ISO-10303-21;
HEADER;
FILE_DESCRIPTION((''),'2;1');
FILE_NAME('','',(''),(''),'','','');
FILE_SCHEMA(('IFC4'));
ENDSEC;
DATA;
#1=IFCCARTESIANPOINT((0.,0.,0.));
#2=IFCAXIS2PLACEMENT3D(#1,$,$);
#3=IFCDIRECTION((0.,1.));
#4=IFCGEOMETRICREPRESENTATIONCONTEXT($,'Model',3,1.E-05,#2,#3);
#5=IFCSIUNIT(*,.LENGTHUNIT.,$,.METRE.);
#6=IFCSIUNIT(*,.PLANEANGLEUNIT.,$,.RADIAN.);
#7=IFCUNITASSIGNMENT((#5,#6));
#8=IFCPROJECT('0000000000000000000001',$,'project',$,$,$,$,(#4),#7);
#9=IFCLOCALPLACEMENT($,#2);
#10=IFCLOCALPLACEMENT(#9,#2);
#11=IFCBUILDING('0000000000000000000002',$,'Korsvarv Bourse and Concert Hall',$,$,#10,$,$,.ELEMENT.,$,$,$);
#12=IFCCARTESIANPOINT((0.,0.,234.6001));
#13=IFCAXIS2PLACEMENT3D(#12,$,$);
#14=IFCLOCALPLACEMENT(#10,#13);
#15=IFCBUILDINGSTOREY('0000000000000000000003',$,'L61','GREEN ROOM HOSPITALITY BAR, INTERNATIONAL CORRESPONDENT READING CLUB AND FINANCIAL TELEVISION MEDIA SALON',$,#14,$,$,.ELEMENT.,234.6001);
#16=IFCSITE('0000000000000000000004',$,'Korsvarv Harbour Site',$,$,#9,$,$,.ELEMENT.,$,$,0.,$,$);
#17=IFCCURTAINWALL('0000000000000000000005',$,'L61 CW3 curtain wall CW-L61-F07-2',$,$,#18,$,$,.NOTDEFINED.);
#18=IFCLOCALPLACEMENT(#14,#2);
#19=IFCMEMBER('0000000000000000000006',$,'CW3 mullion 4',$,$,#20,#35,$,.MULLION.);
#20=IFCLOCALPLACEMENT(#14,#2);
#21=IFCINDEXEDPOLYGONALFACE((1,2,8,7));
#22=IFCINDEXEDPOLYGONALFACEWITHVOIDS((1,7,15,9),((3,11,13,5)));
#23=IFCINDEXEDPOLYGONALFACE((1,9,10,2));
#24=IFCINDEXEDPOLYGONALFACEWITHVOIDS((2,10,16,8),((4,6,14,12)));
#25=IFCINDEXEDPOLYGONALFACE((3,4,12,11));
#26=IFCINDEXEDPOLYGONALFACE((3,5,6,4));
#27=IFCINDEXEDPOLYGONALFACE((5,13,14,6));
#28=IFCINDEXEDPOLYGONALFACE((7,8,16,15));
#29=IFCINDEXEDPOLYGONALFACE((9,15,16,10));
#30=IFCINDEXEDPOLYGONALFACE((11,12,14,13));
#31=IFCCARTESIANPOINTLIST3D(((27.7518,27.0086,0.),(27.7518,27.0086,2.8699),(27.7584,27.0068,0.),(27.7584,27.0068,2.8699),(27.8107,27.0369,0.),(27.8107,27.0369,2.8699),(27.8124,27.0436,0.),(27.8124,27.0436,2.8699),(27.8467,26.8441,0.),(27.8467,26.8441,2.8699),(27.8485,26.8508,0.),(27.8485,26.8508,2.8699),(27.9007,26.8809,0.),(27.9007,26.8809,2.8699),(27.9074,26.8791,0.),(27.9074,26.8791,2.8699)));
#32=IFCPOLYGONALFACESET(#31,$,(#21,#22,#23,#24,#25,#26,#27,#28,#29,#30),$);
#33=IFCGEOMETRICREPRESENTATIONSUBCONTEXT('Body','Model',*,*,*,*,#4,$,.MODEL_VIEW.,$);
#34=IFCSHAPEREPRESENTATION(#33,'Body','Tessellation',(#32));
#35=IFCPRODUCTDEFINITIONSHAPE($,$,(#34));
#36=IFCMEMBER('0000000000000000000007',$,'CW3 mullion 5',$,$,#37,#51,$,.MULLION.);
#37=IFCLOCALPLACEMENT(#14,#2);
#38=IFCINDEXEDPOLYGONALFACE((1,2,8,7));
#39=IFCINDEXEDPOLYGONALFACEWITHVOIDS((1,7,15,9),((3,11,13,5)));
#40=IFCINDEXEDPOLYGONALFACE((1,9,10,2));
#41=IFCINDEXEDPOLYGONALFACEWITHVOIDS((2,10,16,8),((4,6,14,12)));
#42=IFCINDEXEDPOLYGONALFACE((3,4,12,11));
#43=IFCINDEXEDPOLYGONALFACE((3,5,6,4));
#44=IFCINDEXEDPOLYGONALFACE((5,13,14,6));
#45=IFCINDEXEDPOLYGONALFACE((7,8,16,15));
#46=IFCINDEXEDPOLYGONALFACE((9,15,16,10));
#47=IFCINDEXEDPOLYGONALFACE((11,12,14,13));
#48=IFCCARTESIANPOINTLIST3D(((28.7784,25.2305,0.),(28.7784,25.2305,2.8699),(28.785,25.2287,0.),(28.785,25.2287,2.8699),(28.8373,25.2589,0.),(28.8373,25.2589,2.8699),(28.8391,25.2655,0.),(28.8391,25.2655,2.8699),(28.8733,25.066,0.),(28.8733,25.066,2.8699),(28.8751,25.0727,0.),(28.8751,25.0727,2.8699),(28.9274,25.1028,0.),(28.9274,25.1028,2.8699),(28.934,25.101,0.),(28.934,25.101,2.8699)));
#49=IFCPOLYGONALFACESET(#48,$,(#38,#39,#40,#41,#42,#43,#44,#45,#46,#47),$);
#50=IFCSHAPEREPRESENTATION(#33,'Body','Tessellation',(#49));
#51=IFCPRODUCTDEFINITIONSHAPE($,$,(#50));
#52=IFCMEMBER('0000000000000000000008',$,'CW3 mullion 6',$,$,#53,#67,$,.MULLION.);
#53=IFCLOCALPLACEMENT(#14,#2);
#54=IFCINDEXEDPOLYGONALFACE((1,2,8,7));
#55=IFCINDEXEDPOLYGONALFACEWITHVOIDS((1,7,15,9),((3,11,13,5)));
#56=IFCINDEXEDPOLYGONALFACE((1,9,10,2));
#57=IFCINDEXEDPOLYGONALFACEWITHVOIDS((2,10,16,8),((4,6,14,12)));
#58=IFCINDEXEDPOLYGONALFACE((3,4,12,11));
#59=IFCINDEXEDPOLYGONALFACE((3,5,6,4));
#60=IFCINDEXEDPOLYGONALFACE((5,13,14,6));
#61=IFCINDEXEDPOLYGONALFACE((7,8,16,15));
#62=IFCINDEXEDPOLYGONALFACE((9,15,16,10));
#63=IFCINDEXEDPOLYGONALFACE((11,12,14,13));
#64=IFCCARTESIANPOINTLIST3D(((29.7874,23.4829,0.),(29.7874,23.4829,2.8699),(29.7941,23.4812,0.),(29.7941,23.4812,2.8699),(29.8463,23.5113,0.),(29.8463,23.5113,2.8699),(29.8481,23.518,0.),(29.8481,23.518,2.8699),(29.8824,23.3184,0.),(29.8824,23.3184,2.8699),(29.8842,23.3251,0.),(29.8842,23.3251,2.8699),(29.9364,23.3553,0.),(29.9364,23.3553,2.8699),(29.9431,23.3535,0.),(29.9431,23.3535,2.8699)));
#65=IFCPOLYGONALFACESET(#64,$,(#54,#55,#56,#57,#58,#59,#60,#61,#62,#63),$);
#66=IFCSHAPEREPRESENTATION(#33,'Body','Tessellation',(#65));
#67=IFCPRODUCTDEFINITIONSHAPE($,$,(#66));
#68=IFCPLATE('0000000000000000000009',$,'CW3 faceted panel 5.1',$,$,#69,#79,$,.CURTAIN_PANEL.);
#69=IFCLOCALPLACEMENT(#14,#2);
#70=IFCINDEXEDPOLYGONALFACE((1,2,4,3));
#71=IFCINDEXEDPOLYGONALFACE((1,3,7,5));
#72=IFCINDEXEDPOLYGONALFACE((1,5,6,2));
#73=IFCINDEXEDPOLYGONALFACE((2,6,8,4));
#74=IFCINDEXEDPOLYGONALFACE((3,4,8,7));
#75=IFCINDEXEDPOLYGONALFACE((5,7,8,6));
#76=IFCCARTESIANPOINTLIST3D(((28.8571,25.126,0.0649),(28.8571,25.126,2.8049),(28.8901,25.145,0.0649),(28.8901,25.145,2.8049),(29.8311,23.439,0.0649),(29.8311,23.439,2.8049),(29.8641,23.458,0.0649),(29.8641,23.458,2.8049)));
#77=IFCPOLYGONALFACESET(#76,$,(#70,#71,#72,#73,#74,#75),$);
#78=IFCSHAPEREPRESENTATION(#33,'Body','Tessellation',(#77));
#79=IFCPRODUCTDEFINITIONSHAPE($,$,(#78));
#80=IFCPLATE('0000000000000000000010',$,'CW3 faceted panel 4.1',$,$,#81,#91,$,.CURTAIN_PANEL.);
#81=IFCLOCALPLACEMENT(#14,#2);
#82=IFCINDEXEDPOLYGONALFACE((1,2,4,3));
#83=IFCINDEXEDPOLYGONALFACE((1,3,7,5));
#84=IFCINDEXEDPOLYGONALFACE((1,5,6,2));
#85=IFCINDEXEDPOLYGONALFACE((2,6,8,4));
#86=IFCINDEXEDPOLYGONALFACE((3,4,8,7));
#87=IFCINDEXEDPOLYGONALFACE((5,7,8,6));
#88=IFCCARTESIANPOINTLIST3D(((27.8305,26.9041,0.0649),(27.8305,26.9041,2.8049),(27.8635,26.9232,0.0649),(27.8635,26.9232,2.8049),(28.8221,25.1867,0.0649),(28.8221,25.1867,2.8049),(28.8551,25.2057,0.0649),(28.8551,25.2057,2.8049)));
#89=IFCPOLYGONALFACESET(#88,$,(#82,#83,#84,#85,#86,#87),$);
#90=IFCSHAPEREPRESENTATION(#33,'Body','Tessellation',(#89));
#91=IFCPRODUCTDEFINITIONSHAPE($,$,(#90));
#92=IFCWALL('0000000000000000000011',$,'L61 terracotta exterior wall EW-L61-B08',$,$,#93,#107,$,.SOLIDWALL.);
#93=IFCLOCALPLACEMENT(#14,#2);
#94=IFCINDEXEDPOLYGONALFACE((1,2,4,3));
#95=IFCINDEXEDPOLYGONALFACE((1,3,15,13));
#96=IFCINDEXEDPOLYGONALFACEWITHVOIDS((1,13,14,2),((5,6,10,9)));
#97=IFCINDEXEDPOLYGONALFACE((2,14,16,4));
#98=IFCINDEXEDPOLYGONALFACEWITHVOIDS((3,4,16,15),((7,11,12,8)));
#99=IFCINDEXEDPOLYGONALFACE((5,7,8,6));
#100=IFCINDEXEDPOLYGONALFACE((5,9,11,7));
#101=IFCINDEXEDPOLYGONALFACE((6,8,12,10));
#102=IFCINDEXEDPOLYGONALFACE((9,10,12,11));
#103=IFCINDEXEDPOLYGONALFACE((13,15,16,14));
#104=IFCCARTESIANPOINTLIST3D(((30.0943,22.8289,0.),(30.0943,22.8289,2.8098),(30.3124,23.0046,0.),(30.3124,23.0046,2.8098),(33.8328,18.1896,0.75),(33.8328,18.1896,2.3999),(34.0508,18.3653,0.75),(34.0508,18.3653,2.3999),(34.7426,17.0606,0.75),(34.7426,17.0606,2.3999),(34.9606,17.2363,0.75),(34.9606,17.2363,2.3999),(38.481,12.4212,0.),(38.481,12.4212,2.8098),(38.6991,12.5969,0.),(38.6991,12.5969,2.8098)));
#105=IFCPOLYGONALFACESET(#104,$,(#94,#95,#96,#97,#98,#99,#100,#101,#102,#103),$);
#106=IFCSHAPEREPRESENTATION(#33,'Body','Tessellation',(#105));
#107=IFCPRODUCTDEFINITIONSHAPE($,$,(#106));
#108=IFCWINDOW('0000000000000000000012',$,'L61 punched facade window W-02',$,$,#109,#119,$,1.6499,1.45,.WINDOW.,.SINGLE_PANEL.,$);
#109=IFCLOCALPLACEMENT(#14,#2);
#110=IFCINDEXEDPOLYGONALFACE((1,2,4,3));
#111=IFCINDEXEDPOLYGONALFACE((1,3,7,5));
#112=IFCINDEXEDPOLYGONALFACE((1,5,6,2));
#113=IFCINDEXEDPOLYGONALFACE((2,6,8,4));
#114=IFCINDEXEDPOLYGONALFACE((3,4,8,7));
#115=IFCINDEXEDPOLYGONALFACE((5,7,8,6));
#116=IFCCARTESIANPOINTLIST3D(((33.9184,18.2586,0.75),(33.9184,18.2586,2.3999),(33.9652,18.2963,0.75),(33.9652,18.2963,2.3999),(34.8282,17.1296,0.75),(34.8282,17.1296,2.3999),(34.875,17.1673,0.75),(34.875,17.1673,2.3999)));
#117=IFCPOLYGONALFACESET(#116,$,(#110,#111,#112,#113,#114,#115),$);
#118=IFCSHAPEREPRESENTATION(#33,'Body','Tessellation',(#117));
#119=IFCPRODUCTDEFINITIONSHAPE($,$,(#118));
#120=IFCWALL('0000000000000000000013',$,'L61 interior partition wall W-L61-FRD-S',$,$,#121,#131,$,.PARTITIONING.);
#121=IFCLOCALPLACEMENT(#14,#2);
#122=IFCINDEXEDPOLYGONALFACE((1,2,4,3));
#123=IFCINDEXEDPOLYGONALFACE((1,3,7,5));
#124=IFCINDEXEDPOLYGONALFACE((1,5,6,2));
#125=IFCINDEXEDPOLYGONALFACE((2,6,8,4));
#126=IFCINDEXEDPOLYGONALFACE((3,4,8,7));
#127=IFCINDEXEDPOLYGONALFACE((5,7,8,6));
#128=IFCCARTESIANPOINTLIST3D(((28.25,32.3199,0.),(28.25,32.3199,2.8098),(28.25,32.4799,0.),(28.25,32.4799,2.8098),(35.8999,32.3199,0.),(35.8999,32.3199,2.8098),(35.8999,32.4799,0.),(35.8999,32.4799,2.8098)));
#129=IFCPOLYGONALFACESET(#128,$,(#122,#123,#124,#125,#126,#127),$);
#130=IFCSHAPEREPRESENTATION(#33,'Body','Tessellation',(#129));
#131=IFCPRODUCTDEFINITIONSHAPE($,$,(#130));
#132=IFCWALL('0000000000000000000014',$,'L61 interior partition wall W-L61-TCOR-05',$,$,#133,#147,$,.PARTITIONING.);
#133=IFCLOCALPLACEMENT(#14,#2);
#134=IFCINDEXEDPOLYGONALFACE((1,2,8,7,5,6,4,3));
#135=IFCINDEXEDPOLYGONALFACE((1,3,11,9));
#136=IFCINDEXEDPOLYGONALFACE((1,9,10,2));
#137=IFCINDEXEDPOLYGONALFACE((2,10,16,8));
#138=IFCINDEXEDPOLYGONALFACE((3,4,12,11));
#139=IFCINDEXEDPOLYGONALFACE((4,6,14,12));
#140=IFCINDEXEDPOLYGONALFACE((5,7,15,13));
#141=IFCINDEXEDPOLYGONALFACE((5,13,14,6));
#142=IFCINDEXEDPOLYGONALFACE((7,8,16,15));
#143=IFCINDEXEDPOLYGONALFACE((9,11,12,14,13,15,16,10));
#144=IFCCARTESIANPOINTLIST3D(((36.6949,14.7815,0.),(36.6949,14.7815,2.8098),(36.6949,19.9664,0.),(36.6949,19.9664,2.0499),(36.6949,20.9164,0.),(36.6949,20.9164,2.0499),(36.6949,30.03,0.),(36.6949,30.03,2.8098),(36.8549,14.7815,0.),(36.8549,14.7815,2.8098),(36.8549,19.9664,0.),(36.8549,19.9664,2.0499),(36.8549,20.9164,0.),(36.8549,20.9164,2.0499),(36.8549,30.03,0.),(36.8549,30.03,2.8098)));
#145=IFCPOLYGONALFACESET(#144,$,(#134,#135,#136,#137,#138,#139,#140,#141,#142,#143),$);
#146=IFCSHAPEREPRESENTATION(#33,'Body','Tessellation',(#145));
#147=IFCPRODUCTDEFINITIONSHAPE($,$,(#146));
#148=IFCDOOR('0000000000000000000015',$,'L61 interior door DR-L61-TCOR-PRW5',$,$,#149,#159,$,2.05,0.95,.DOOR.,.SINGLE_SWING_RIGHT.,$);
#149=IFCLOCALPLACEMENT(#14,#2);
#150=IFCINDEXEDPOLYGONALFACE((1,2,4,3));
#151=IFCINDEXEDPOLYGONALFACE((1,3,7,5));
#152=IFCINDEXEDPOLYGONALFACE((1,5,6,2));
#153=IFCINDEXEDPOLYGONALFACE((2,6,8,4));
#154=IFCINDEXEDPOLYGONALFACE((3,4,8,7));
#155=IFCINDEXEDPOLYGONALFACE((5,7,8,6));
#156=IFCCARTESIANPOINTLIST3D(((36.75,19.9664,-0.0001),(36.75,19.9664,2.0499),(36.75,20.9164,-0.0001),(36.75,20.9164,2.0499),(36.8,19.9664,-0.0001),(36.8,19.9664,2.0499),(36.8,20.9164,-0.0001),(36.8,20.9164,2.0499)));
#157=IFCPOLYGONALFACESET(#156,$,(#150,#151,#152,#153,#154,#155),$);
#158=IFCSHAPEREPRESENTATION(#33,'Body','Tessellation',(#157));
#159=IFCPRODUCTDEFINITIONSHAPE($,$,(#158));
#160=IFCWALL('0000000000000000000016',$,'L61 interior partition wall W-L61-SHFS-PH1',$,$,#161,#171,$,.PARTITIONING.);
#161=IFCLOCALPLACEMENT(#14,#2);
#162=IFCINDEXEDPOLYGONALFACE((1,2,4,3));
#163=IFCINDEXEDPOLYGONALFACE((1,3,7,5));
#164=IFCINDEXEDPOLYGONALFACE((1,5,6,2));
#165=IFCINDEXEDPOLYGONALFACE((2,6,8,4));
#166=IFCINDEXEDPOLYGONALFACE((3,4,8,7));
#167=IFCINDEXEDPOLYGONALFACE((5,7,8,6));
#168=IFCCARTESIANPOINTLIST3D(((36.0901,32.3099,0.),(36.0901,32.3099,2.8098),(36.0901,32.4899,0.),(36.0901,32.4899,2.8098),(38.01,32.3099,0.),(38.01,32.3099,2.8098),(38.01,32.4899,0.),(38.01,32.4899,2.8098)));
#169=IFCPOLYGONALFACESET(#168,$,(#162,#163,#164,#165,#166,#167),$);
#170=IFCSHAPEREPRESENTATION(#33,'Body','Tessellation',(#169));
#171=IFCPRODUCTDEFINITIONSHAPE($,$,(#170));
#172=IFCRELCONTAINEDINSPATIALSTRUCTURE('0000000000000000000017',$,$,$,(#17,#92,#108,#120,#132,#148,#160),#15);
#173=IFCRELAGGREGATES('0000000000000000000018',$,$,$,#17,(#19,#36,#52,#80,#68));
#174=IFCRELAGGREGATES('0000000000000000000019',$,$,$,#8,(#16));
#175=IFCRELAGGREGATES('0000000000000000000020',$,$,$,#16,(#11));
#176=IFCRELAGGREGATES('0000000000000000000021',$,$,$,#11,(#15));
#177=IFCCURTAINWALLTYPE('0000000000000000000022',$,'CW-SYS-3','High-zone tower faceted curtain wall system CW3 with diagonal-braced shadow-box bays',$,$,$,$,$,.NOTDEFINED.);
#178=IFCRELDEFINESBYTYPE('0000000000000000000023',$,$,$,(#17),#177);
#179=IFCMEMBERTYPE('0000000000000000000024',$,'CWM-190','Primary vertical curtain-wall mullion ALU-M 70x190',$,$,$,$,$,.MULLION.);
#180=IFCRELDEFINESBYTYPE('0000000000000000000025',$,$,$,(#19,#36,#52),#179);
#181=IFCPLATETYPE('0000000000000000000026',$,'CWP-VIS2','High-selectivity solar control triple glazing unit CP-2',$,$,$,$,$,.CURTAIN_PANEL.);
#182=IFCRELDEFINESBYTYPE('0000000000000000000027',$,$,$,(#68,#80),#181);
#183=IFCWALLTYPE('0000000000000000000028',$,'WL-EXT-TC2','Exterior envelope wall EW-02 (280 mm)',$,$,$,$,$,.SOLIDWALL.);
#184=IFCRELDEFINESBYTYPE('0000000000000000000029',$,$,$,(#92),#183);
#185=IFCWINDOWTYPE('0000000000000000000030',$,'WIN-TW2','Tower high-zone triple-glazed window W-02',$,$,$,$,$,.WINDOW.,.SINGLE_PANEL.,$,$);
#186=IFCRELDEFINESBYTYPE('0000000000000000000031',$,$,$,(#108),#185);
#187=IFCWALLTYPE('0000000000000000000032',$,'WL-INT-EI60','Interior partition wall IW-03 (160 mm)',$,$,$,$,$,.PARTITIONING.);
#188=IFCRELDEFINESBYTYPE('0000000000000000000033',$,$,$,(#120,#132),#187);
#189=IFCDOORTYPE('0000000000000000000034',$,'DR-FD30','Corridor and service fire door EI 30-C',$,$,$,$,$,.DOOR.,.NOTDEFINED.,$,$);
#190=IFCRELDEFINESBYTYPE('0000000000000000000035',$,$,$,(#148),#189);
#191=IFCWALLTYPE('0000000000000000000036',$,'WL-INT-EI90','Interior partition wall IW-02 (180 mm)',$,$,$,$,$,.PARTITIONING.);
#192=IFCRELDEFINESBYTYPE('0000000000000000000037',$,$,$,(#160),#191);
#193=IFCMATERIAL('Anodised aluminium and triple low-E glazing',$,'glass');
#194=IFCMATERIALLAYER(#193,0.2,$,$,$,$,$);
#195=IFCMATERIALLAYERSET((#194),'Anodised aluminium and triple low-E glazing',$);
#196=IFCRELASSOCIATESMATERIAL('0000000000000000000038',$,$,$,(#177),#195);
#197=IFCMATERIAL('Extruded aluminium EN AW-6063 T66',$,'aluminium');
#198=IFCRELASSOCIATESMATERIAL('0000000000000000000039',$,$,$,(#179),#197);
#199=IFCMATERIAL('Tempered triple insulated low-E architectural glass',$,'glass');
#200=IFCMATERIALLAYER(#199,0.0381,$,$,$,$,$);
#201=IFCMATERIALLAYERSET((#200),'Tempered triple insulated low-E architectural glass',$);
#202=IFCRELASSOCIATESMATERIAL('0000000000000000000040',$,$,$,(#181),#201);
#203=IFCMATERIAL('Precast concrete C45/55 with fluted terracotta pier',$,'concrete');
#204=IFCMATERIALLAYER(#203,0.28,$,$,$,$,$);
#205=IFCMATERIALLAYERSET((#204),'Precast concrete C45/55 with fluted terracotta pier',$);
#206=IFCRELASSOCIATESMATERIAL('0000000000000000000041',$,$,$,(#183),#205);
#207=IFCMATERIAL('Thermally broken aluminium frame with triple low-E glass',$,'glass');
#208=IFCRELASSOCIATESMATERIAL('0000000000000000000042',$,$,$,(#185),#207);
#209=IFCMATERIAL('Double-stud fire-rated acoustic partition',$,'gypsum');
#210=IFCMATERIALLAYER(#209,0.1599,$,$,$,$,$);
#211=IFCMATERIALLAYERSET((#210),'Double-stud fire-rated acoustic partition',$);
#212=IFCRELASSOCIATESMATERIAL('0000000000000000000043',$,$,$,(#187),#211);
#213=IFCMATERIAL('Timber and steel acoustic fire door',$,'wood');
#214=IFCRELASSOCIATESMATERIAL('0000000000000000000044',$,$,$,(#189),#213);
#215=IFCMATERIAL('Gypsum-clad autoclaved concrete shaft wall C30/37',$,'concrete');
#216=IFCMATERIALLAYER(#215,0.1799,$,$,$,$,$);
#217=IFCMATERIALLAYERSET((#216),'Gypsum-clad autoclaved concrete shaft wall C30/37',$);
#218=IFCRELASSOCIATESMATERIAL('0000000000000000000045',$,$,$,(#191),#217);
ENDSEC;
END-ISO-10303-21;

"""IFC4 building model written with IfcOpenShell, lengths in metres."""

from ifc_helpers import new_model, si_unit, direction, frame, frame_2d, origin, origin_2d, place, context, subcontext, project, spatial, rectangle, hollow_rectangle, extrude, source, transform, mapped, material, layer, layer_set, material_profile, profile_set, type_object, element, fill, aggregate, save


model = new_model("IFC4")

# Units and contexts
model_context = context("Model", 3, precision=1e-05, world=origin(), true_north=direction((0.0, 1.0)))
body_context = subcontext(model_context, "Body", "Model", "MODEL_VIEW")
ifc_project = project(units=[si_unit("LENGTHUNIT", "METRE"), si_unit("PLANEANGLEUNIT", "RADIAN")], contexts=[model_context])

# Site, building, storey
site_placement = place(None, origin())
site = spatial("IfcSite", under=ifc_project, at=site_placement, Name="Korsvarv Harbour Site", CompositionType="ELEMENT", RefElevation=0.0)
building_placement = place(site_placement, origin())
building = spatial("IfcBuilding", under=site, at=building_placement, Name="Korsvarv Bourse and Concert Hall", CompositionType="ELEMENT")
storey_placement = place(building_placement, frame((0.0, 0.0, 234.6001)))
storey = spatial("IfcBuildingStorey", under=building, at=storey_placement, Name="L61", Description="GREEN ROOM HOSPITALITY BAR, INTERNATIONAL CORRESPONDENT READING CLUB AND FINANCIAL TELEVISION MEDIA SALON", CompositionType="ELEMENT", Elevation=234.6001)

# Curtain wall, members, plates
ifc_material_1 = material(Name="Anodised aluminium and triple low-E glazing", Category="glass")
ifc_layer_1 = layer(ifc_material_1, 0.2)
ifc_layer_set_1 = layer_set([ifc_layer_1], Name="Anodised aluminium and triple low-E glazing")
curtain_wall_type = type_object("IfcCurtainWallType", Name="CW-SYS-3", Description="High-zone tower faceted curtain wall system CW3 with diagonal-braced shadow-box bays", PredefinedType="NOTDEFINED", material=ifc_layer_set_1)
curtain_wall_placement = place(storey_placement, origin())
curtain_wall = element("IfcCurtainWall", 1, at=curtain_wall_placement, inside=storey, type_object=curtain_wall_type, Name="L61 CW3 curtain wall CW-L61-F07-2", PredefinedType="NOTDEFINED")
ifc_material_2 = material(Name="Extruded aluminium EN AW-6063 T66", Category="aluminium")
ifc_material_profile_1 = material_profile(ifc_material_2, hollow_rectangle(XDim=0.0701, YDim=0.1899, WallThickness=0.0049, at=origin_2d()), Name="ALU-M 70x190")
ifc_profile_set_1 = profile_set([ifc_material_profile_1], Name="Extruded aluminium EN AW-6063 T66")
member_type_1 = type_object("IfcMemberType", Name="CWM-190", Description="Primary vertical curtain-wall mullion ALU-M 70x190", PredefinedType="MULLION", material=ifc_profile_set_1)
shared_shape_1 = source(origin(), body_context, "Body", "SweptSolid", [
    extrude(hollow_rectangle(XDim=0.0701, YDim=0.1899, WallThickness=0.0049, at=origin_2d()), origin(), (0.0, 0.0, 1.0), 2.8699),
])
member_1_placement = place(storey_placement, frame((27.8296, 26.9438, 0.0), z_axis=(0.0, 0.0, 1.0), x_axis=(0.866025, 0.5, 0.0)))
member_1 = element("IfcMember", 2, at=member_1_placement, type_object=member_type_1, Name="CW3 mullion 4", PredefinedType="MULLION", context=body_context, shape_type="MappedRepresentation", body=[
    mapped(shared_shape_1, transform((0.0, 0.0, 0.0), scale=1.0)),
])
member_2_placement = place(storey_placement, frame((28.8562, 25.1658, 0.0), z_axis=(0.0, 0.0, 1.0), x_axis=(0.866025, 0.5, 0.0)))
member_2 = element("IfcMember", 3, at=member_2_placement, type_object=member_type_1, Name="CW3 mullion 5", PredefinedType="MULLION", context=body_context, shape_type="MappedRepresentation", body=[
    mapped(shared_shape_1, transform((0.0, 0.0, 0.0), scale=1.0)),
])
member_3_placement = place(storey_placement, frame((29.8652, 23.4182, 0.0), z_axis=(0.0, 0.0, 1.0), x_axis=(0.866025, 0.5, 0.0)))
member_3 = element("IfcMember", 4, at=member_3_placement, type_object=member_type_1, Name="CW3 mullion 6", PredefinedType="MULLION", context=body_context, shape_type="MappedRepresentation", body=[
    mapped(shared_shape_1, transform((0.0, 0.0, 0.0), scale=1.0)),
])
ifc_material_3 = material(Name="Tempered triple insulated low-E architectural glass", Category="glass")
ifc_layer_2 = layer(ifc_material_3, 0.0381)
ifc_layer_set_2 = layer_set([ifc_layer_2], Name="Tempered triple insulated low-E architectural glass")
plate_type = type_object("IfcPlateType", Name="CWP-VIS2", Description="High-selectivity solar control triple glazing unit CP-2", PredefinedType="CURTAIN_PANEL", material=ifc_layer_set_2)
shared_shape_2 = source(origin(), body_context, "Body", "SweptSolid", [
    extrude(rectangle(XDim=1.948, YDim=0.0381, at=origin_2d()), origin(), (0.0, 0.0, 1.0), 2.74),
])
plate_1_placement = place(storey_placement, frame((29.3606, 24.292, 0.0649), z_axis=(0.0, 0.0, 1.0), x_axis=(0.5, -0.866025, 0.0)))
plate_1 = element("IfcPlate", 5, at=plate_1_placement, type_object=plate_type, Name="CW3 faceted panel 5.1", PredefinedType="CURTAIN_PANEL", context=body_context, shape_type="MappedRepresentation", body=[
    mapped(shared_shape_2, transform((0.0, 0.0, 0.0), scale=1.0)),
])
shared_shape_3 = source(origin(), body_context, "Body", "SweptSolid", [
    extrude(rectangle(XDim=1.9832, YDim=0.0381, at=origin_2d()), origin(), (0.0, 0.0, 1.0), 2.74),
])
plate_2_placement = place(storey_placement, frame((28.3428, 26.0549, 0.0649), z_axis=(0.0, 0.0, 1.0), x_axis=(0.5, -0.866025, 0.0)))
plate_2 = element("IfcPlate", 6, at=plate_2_placement, type_object=plate_type, Name="CW3 faceted panel 4.1", PredefinedType="CURTAIN_PANEL", context=body_context, shape_type="MappedRepresentation", body=[
    mapped(shared_shape_3, transform((0.0, 0.0, 0.0), scale=1.0)),
])
aggregate(curtain_wall, [member_1, member_2, member_3, plate_2, plate_1])

# Wall, opening, window
ifc_material_4 = material(Name="Precast concrete C45/55 with fluted terracotta pier", Category="concrete")
ifc_layer_3 = layer(ifc_material_4, 0.28)
ifc_layer_set_3 = layer_set([ifc_layer_3], Name="Precast concrete C45/55 with fluted terracotta pier")
wall_type_1 = type_object("IfcWallType", Name="WL-EXT-TC2", Description="Exterior envelope wall EW-02 (280 mm)", PredefinedType="SOLIDWALL", material=ifc_layer_set_3)
wall_1_placement = place(storey_placement, frame((30.2034, 22.9167, 0.0), z_axis=(0.0, 0.0, 1.0), x_axis=(0.627453, -0.778654, 0.0)))
wall_1 = element("IfcWall", 7, at=wall_1_placement, inside=storey, type_object=wall_type_1, Name="L61 terracotta exterior wall EW-L61-B08", PredefinedType="SOLIDWALL", context=body_context, shape_type="SweptSolid", body=[
    extrude(rectangle(XDim=13.3662, YDim=0.28, at=frame_2d((6.6831, 0.0))), origin(), (0.0, 0.0, 1.0), 2.8098),
])
opening_1_placement = place(wall_1_placement, frame((5.958, 0.0, 0.75)))
opening_1 = element("IfcOpeningElement", 8, at=opening_1_placement, cuts=wall_1, PredefinedType="OPENING", context=body_context, shape_type="SweptSolid", body=[
    extrude(rectangle(XDim=1.45, YDim=1.6499, at=frame_2d((0.7251, 0.825))), frame((0.0, 0.1499, 0.0), z_axis=(0.0, -1.0, 0.0), x_axis=(1.0, 0.0, 0.0)), (0.0, 0.0, 1.0), 0.3),
])
ifc_material_5 = material(Name="Thermally broken aluminium frame with triple low-E glass", Category="glass")
window_type = type_object("IfcWindowType", Name="WIN-TW2", Description="Tower high-zone triple-glazed window W-02", PartitioningType="SINGLE_PANEL", PredefinedType="WINDOW", material=ifc_material_5)
window_placement = place(opening_1_placement, origin())
window = element("IfcWindow", 9, at=window_placement, inside=storey, type_object=window_type, Name="L61 punched facade window W-02", OverallHeight=1.6499, OverallWidth=1.45, PartitioningType="SINGLE_PANEL", PredefinedType="WINDOW", context=body_context, shape_type="SweptSolid", body=[
    extrude(rectangle(XDim=1.45, YDim=1.6499, at=frame_2d((0.7251, 0.825))), frame((0.0, 0.03, 0.0), z_axis=(0.0, -1.0, 0.0), x_axis=(1.0, 0.0, 0.0)), (0.0, 0.0, 1.0), 0.0601),
])
fill(opening_1, window)

# Wall
ifc_material_6 = material(Name="Double-stud fire-rated acoustic partition", Category="gypsum")
ifc_layer_4 = layer(ifc_material_6, 0.1599)
ifc_layer_set_4 = layer_set([ifc_layer_4], Name="Double-stud fire-rated acoustic partition")
wall_type_2 = type_object("IfcWallType", Name="WL-INT-EI60", Description="Interior partition wall IW-03 (160 mm)", PredefinedType="PARTITIONING", material=ifc_layer_set_4)
wall_2_placement = place(storey_placement, frame((28.25, 32.3999, 0.0), z_axis=(0.0, 0.0, 1.0), x_axis=(1.0, 0.0, 0.0)))
element("IfcWall", 10, at=wall_2_placement, inside=storey, type_object=wall_type_2, Name="L61 interior partition wall W-L61-FRD-S", PredefinedType="PARTITIONING", context=body_context, shape_type="SweptSolid", body=[
    extrude(rectangle(XDim=7.6499, YDim=0.1599, at=frame_2d((3.825, 0.0))), origin(), (0.0, 0.0, 1.0), 2.8098),
])

# Wall, opening, door
wall_3_placement = place(storey_placement, frame((36.7749, 14.7815, 0.0), z_axis=(0.0, 0.0, 1.0), x_axis=(0.0, 1.0, 0.0)))
wall_3 = element("IfcWall", 11, at=wall_3_placement, inside=storey, type_object=wall_type_2, Name="L61 interior partition wall W-L61-TCOR-05", PredefinedType="PARTITIONING", context=body_context, shape_type="SweptSolid", body=[
    extrude(rectangle(XDim=15.2485, YDim=0.1599, at=frame_2d((7.6243, 0.0))), origin(), (0.0, 0.0, 1.0), 2.8098),
])
opening_2_placement = place(wall_3_placement, frame((5.1848, 0.0, 0.0)))
opening_2 = element("IfcOpeningElement", 12, at=opening_2_placement, cuts=wall_3, PredefinedType="OPENING", context=body_context, shape_type="SweptSolid", body=[
    extrude(rectangle(XDim=0.95, YDim=2.05, at=frame_2d((0.4751, 1.0249))), frame((0.0, 0.0898, 0.0), z_axis=(0.0, -1.0, 0.0), x_axis=(1.0, 0.0, 0.0)), (0.0, 0.0, 1.0), 0.1799),
])
ifc_material_7 = material(Name="Timber and steel acoustic fire door", Category="wood")
door_type_1 = type_object("IfcDoorType", Name="DR-FD30", Description="Corridor and service fire door EI 30-C", OperationType="NOTDEFINED", PredefinedType="DOOR", material=ifc_material_7)
door_1_placement = place(opening_2_placement, origin())
door_1 = element("IfcDoor", 13, at=door_1_placement, inside=storey, type_object=door_type_1, Name="L61 interior door DR-L61-TCOR-PRW5", OperationType="SINGLE_SWING_RIGHT", OverallHeight=2.05, OverallWidth=0.95, PredefinedType="DOOR", context=body_context, shape_type="SweptSolid", body=[
    extrude(rectangle(XDim=0.95, YDim=2.05, at=frame_2d((0.4751, 1.0249))), frame((0.0, 0.0249, 0.0), z_axis=(0.0, -1.0, 0.0), x_axis=(1.0, 0.0, 0.0)), (0.0, 0.0, 1.0), 0.05),
])
fill(opening_2, door_1)

# Wall
ifc_material_8 = material(Name="Gypsum-clad autoclaved concrete shaft wall C30/37", Category="concrete")
ifc_layer_5 = layer(ifc_material_8, 0.1799)
ifc_layer_set_5 = layer_set([ifc_layer_5], Name="Gypsum-clad autoclaved concrete shaft wall C30/37")
wall_type_3 = type_object("IfcWallType", Name="WL-INT-EI90", Description="Interior partition wall IW-02 (180 mm)", PredefinedType="PARTITIONING", material=ifc_layer_set_5)
wall_4_placement = place(storey_placement, frame((36.0901, 32.3999, 0.0), z_axis=(0.0, 0.0, 1.0), x_axis=(1.0, 0.0, 0.0)))
element("IfcWall", 14, at=wall_4_placement, inside=storey, type_object=wall_type_3, Name="L61 interior partition wall W-L61-SHFS-PH1", PredefinedType="PARTITIONING", context=body_context, shape_type="SweptSolid", body=[
    extrude(rectangle(XDim=1.9199, YDim=0.1799, at=frame_2d((0.96, 0.0))), origin(), (0.0, 0.0, 1.0), 2.8098),
])

save(model, "model.ifc")
